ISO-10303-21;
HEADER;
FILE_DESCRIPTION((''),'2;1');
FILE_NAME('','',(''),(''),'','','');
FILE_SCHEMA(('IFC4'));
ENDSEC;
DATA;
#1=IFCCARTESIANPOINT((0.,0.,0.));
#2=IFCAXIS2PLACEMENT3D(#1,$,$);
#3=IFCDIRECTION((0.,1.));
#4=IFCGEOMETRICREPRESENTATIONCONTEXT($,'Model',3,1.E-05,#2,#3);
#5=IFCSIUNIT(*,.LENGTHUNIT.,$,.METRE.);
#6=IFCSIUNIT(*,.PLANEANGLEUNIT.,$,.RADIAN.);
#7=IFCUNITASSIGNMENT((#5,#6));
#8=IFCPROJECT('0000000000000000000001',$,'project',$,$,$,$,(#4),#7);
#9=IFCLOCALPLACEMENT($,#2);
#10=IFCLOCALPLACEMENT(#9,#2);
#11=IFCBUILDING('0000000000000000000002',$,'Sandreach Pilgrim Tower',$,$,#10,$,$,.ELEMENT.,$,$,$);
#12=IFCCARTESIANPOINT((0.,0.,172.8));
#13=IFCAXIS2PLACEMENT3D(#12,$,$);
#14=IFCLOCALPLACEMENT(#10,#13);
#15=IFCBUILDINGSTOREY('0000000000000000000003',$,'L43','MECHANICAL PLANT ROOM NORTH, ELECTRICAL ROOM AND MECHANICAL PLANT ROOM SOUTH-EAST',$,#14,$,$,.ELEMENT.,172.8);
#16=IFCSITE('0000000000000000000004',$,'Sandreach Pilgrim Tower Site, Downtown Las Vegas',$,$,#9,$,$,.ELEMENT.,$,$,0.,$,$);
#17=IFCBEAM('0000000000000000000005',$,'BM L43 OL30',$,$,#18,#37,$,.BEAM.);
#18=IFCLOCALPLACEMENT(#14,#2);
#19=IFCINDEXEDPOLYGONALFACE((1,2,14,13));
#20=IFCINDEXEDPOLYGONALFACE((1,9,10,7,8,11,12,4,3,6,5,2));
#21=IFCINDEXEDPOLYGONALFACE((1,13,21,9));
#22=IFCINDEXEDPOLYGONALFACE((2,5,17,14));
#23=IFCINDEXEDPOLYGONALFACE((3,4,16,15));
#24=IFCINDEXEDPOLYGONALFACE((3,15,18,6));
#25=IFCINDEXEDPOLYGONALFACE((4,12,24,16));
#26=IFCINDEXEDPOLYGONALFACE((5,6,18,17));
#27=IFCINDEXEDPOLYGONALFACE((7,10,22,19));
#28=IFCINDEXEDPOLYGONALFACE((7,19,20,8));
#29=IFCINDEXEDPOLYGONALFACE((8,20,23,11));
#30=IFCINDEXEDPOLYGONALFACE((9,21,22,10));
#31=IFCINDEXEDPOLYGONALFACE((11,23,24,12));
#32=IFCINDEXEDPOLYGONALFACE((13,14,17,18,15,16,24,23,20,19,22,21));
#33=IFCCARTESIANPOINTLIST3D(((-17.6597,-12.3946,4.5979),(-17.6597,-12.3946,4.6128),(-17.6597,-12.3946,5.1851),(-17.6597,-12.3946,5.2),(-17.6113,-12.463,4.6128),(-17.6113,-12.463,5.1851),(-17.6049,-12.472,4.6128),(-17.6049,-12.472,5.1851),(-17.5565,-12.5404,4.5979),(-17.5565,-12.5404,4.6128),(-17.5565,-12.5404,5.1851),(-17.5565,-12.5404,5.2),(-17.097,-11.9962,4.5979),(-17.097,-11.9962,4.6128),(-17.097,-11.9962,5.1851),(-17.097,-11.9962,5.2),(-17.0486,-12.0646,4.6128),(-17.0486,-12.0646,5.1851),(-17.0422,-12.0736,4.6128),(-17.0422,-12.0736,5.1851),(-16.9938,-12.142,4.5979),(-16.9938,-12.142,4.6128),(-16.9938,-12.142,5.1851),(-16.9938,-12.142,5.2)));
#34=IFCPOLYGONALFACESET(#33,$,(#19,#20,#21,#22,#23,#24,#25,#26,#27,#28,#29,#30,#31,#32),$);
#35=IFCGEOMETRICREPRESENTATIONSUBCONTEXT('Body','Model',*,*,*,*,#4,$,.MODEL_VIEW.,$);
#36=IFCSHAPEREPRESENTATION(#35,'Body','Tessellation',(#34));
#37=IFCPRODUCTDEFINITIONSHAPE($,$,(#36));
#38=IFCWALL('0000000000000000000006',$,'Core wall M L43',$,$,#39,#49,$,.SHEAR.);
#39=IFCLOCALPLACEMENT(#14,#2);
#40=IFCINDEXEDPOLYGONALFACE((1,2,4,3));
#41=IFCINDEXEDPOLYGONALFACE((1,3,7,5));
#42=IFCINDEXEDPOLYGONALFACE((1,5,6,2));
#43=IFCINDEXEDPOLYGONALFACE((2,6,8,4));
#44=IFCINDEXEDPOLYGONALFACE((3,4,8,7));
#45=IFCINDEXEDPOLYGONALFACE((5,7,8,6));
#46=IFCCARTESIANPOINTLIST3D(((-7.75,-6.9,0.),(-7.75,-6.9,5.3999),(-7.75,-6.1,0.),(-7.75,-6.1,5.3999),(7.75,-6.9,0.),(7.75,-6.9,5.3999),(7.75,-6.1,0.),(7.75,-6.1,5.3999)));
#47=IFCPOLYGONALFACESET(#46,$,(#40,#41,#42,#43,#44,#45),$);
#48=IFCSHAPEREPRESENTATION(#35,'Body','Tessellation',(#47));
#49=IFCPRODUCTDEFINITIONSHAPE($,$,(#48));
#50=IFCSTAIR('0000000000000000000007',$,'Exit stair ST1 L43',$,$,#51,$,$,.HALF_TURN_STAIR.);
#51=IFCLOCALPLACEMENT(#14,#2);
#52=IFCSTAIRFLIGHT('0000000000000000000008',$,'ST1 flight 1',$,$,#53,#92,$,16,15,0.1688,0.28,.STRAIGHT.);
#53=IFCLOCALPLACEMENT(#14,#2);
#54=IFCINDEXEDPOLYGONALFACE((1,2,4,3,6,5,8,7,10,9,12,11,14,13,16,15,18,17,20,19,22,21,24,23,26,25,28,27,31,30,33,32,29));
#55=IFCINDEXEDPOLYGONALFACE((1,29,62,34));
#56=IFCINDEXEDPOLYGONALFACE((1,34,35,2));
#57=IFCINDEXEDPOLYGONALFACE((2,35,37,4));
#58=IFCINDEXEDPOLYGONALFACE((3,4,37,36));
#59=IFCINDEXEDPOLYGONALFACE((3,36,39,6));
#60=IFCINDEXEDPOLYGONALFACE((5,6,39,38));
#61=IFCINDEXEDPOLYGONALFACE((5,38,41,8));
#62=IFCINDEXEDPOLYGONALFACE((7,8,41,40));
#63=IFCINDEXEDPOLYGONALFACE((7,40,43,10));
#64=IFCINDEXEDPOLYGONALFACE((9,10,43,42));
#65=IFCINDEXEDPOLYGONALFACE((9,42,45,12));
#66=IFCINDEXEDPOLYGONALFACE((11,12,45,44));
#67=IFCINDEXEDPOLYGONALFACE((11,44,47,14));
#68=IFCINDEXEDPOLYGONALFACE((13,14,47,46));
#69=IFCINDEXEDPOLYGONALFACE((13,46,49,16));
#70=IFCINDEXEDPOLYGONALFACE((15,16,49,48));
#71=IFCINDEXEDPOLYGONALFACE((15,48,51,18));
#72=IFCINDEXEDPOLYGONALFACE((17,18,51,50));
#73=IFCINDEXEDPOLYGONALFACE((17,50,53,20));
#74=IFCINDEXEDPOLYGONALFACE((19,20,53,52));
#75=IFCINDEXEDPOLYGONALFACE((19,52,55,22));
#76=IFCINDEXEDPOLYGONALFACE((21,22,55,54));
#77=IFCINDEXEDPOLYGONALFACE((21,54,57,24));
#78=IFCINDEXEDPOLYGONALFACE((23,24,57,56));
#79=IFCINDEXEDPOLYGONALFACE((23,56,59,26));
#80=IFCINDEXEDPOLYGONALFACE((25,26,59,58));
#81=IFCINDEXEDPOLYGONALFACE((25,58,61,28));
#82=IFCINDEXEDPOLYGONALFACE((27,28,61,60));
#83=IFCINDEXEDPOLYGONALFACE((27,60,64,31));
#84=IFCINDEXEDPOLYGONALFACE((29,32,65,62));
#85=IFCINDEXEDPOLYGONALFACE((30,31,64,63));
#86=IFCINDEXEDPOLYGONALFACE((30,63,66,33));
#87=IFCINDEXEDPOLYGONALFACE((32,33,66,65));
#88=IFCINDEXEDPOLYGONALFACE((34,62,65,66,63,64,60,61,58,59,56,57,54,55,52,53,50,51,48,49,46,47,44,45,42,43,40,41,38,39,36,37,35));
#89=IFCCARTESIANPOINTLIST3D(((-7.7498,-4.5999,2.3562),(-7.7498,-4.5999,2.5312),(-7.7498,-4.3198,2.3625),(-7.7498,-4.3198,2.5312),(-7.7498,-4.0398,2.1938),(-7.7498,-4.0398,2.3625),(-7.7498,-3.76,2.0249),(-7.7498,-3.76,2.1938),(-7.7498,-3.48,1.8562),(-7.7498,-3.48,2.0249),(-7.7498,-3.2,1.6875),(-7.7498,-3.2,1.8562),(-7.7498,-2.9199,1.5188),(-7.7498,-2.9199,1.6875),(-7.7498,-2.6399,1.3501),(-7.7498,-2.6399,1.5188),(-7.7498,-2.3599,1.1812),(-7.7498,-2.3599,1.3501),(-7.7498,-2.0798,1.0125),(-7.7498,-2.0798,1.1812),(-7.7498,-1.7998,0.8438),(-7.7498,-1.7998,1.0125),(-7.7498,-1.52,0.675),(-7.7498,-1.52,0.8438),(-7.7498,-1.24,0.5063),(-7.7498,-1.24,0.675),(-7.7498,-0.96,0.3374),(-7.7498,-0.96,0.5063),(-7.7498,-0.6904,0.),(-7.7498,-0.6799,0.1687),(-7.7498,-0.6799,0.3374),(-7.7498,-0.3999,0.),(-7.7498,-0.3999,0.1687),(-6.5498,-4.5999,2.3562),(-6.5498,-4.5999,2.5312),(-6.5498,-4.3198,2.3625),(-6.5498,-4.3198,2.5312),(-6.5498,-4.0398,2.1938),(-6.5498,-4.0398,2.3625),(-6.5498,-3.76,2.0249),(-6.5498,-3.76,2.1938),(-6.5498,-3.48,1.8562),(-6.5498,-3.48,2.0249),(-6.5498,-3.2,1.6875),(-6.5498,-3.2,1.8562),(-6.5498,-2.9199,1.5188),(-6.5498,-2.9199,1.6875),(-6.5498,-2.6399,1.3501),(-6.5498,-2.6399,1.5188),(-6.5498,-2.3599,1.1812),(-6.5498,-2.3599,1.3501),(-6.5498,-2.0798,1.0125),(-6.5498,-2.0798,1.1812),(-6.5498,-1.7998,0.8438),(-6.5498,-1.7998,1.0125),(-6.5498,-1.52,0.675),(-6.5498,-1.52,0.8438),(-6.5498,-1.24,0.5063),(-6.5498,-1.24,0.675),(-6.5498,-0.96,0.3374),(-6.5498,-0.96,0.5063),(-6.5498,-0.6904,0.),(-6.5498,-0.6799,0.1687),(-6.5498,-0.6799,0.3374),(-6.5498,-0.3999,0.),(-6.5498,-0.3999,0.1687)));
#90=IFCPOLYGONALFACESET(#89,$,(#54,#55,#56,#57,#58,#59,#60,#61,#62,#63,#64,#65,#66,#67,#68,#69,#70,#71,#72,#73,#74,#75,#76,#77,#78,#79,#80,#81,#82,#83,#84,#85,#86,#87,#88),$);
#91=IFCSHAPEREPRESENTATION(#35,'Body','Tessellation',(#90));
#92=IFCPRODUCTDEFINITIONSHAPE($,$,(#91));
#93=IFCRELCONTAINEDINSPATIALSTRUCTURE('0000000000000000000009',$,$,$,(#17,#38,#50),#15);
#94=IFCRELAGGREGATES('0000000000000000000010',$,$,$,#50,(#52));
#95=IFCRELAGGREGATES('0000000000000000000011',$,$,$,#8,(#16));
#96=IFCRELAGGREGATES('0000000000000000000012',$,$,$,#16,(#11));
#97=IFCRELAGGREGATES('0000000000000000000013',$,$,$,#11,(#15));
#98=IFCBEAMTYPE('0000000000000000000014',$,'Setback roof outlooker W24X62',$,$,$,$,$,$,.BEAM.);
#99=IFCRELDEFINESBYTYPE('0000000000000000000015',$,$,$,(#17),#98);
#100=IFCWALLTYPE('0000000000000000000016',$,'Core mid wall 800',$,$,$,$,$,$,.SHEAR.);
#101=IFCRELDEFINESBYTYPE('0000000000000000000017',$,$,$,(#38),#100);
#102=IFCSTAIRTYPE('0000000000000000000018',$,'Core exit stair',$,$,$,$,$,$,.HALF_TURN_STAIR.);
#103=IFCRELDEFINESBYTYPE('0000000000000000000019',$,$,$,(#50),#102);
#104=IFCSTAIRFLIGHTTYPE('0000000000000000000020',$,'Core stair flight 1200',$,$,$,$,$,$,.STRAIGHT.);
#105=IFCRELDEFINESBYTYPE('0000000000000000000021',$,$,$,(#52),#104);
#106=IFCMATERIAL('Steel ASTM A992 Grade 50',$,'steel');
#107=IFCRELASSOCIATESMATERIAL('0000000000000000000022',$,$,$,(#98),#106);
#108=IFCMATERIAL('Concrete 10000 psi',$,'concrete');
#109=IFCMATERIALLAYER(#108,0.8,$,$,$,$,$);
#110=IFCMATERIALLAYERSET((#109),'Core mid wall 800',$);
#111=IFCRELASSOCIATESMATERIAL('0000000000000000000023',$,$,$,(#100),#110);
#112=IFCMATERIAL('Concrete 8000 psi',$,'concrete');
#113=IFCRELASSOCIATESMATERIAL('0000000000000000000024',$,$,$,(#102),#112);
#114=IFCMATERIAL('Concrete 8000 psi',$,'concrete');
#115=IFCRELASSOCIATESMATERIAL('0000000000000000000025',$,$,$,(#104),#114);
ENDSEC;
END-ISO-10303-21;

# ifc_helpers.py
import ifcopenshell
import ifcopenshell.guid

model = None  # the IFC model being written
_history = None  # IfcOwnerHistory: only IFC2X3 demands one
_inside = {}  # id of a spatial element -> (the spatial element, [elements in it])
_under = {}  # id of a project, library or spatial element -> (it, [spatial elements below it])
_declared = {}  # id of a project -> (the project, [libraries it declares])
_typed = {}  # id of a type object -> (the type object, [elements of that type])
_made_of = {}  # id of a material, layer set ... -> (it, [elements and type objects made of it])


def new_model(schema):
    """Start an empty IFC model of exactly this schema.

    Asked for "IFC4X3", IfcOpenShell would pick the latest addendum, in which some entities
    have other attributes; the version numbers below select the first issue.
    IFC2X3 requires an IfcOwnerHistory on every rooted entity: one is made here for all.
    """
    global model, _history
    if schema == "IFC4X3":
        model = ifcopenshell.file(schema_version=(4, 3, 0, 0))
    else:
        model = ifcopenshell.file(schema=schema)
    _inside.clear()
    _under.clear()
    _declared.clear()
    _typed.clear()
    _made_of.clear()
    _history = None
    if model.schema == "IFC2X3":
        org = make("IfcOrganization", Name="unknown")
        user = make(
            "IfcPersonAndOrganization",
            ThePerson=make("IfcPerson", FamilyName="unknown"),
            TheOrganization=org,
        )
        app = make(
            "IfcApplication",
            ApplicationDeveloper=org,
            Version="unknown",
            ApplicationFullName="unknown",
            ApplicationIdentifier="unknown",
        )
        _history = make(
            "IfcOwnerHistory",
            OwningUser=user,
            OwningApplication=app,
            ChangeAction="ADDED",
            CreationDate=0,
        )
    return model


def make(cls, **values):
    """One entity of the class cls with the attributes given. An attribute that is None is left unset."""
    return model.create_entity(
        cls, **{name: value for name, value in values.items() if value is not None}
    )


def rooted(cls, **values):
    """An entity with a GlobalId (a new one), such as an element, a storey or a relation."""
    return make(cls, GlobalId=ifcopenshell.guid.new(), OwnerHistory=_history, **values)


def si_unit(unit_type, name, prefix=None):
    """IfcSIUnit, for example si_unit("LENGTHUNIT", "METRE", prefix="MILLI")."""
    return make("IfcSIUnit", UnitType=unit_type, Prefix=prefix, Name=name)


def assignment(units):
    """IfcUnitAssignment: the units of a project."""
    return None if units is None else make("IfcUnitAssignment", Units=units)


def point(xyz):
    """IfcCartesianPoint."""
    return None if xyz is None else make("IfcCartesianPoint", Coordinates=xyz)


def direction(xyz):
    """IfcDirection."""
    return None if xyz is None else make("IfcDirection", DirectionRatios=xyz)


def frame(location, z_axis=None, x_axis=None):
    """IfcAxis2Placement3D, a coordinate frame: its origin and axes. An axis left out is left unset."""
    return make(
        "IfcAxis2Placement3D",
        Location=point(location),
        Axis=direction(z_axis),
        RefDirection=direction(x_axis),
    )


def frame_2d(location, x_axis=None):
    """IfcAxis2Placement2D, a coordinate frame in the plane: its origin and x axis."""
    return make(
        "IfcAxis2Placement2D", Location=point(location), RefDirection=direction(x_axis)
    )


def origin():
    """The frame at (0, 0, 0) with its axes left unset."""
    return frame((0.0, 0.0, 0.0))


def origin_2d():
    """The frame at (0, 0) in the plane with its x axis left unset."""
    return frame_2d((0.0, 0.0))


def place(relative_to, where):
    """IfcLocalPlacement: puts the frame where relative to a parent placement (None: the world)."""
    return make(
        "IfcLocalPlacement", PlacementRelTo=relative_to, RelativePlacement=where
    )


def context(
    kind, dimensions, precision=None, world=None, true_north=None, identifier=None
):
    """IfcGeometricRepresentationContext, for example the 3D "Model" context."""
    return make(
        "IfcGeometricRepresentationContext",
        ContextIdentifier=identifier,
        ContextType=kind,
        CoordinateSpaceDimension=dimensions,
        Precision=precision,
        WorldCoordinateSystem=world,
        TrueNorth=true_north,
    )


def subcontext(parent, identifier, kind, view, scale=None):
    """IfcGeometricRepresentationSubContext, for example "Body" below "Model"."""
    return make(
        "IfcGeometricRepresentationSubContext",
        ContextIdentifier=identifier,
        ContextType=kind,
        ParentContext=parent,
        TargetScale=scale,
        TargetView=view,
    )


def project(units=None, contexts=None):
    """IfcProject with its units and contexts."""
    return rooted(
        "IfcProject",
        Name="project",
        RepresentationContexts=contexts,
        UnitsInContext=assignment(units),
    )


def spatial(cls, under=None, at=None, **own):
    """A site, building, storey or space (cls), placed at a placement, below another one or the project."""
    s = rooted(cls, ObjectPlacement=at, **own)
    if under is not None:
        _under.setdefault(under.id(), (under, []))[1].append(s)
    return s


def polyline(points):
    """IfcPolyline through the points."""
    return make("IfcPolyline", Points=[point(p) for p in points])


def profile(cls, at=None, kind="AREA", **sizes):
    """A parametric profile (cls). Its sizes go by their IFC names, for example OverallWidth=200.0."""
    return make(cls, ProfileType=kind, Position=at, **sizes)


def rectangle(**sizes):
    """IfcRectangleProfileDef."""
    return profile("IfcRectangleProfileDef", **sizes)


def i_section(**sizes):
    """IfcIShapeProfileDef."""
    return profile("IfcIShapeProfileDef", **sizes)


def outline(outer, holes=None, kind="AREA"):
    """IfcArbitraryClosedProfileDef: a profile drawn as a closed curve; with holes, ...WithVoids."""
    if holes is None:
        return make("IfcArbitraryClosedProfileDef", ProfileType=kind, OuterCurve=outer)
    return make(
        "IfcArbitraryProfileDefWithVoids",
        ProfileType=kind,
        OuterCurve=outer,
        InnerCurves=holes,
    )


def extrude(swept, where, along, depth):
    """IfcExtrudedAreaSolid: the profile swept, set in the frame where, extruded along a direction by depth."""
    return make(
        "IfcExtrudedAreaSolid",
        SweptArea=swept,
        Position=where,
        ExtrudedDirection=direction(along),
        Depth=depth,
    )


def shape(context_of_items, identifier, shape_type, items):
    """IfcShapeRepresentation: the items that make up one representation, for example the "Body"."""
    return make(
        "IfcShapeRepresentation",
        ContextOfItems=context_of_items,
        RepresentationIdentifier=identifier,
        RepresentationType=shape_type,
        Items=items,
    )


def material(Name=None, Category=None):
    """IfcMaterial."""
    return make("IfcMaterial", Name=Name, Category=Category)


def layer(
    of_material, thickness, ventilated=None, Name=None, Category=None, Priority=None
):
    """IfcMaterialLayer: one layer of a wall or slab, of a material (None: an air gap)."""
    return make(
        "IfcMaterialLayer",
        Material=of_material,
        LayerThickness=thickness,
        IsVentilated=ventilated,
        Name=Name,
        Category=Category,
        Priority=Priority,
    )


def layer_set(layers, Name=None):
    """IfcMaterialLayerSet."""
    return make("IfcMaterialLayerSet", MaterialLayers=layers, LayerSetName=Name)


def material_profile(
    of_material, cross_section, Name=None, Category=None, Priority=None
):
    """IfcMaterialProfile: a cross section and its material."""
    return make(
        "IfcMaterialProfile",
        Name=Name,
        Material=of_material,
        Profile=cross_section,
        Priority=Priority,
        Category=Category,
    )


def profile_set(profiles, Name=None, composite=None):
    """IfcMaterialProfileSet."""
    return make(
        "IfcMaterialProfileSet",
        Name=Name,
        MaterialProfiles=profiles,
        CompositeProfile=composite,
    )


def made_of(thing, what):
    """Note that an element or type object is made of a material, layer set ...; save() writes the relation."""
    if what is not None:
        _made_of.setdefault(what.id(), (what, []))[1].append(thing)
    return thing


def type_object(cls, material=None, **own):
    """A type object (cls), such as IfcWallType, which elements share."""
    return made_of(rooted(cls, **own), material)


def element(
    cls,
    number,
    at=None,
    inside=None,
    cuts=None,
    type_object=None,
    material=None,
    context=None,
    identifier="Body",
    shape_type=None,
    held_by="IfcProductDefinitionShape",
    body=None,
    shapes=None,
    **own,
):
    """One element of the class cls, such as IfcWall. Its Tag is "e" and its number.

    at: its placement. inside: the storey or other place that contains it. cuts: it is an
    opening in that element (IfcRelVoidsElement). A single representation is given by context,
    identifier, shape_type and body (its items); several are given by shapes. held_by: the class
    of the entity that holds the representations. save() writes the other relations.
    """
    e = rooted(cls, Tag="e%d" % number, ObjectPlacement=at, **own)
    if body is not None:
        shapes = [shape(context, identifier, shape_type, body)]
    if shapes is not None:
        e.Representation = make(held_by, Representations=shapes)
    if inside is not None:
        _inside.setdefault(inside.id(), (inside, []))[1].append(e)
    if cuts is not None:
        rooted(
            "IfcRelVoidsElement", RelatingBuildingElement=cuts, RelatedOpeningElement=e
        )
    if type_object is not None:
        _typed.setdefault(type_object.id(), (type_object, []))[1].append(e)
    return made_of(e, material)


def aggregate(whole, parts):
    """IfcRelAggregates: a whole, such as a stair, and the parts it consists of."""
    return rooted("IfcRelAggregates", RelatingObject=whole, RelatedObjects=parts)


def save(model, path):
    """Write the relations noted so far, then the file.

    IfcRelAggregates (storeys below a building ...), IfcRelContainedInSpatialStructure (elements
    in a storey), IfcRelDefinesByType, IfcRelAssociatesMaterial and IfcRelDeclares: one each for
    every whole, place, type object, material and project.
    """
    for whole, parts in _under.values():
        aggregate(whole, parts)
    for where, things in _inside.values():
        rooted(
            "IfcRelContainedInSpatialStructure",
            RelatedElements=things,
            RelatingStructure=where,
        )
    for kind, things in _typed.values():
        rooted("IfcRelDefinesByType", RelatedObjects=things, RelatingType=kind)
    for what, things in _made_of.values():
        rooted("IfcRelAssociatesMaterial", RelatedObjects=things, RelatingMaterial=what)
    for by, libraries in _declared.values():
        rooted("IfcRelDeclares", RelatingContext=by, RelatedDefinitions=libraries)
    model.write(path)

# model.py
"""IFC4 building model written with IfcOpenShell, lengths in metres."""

from ifc_helpers import new_model, si_unit, direction, frame, frame_2d, origin, origin_2d, place, context, subcontext, project, spatial, polyline, rectangle, i_section, outline, extrude, material, layer, layer_set, material_profile, profile_set, type_object, element, aggregate, save


model = new_model("IFC4")

# Units and contexts
model_context = context("Model", 3, precision=1e-05, world=origin(), true_north=direction((0.0, 1.0)))
body_context = subcontext(model_context, "Body", "Model", "MODEL_VIEW")
ifc_project = project(units=[si_unit("LENGTHUNIT", "METRE"), si_unit("PLANEANGLEUNIT", "RADIAN")], contexts=[model_context])

# Site, building, storey
site_placement = place(None, origin())
site = spatial("IfcSite", under=ifc_project, at=site_placement, Name="Sandreach Pilgrim Tower Site, Downtown Las Vegas", CompositionType="ELEMENT", RefElevation=0.0)
building_placement = place(site_placement, origin())
building = spatial("IfcBuilding", under=site, at=building_placement, Name="Sandreach Pilgrim Tower", CompositionType="ELEMENT")
storey_placement = place(building_placement, frame((0.0, 0.0, 172.8)))
storey = spatial("IfcBuildingStorey", under=building, at=storey_placement, Name="L43", Description="MECHANICAL PLANT ROOM NORTH, ELECTRICAL ROOM AND MECHANICAL PLANT ROOM SOUTH-EAST", CompositionType="ELEMENT", Elevation=172.8)

# Beam
ifc_material_1 = material(Name="Steel ASTM A992 Grade 50", Category="steel")
ifc_material_profile_1 = material_profile(ifc_material_1, i_section(OverallWidth=0.1787, OverallDepth=0.6021, WebThickness=0.011, FlangeThickness=0.0149, at=origin_2d()), Name="W24X62")
ifc_profile_set_1 = profile_set([ifc_material_profile_1], Name="Steel ASTM A992 Grade 50")
beam_type_1 = type_object("IfcBeamType", Name="Setback roof outlooker W24X62", PredefinedType="BEAM", material=ifc_profile_set_1)
beam_1_placement = place(storey_placement, frame((-17.0454, -12.0691, 4.8989), z_axis=(-0.816143, -0.57785, 0.0), x_axis=(0.57785, -0.816143, 0.0)))
element("IfcBeam", 1, at=beam_1_placement, inside=storey, type_object=beam_type_1, Name="BM L43 OL30", PredefinedType="BEAM", context=body_context, shape_type="SweptSolid", body=[
    extrude(i_section(OverallWidth=0.1787, OverallDepth=0.6021, WebThickness=0.011, FlangeThickness=0.0149, at=origin_2d()), origin(), (0.0, 0.0, 1.0), 0.6895),
])

# Wall
ifc_material_2 = material(Name="Concrete 10000 psi", Category="concrete")
ifc_layer_1 = layer(ifc_material_2, 0.8)
ifc_layer_set_1 = layer_set([ifc_layer_1], Name="Core mid wall 800")
wall_type_1 = type_object("IfcWallType", Name="Core mid wall 800", PredefinedType="SHEAR", material=ifc_layer_set_1)
wall_1_placement = place(storey_placement, frame((-7.75, -6.5, 0.0), z_axis=(0.0, 0.0, 1.0), x_axis=(1.0, 0.0, 0.0)))
element("IfcWall", 2, at=wall_1_placement, inside=storey, type_object=wall_type_1, Name="Core wall M L43", PredefinedType="SHEAR", context=body_context, shape_type="SweptSolid", body=[
    extrude(rectangle(XDim=15.5, YDim=0.8, at=frame_2d((7.75, 0.0))), origin(), (0.0, 0.0, 1.0), 5.3999),
])

# Stair, stair flight
ifc_material_3 = material(Name="Concrete 8000 psi", Category="concrete")
stair_type = type_object("IfcStairType", Name="Core exit stair", PredefinedType="HALF_TURN_STAIR", material=ifc_material_3)
stair_placement = place(storey_placement, origin())
stair = element("IfcStair", 3, at=stair_placement, inside=storey, type_object=stair_type, Name="Exit stair ST1 L43", PredefinedType="HALF_TURN_STAIR")
ifc_material_4 = material(Name="Concrete 8000 psi", Category="concrete")
stair_flight_type = type_object("IfcStairFlightType", Name="Core stair flight 1200", PredefinedType="STRAIGHT", material=ifc_material_4)
stair_flight_placement = place(storey_placement, frame((-7.1499, -0.3999, 0.0), z_axis=(0.0, 0.0, 1.0), x_axis=(0.0, -1.0, 0.0)))
stair_flight = element("IfcStairFlight", 4, at=stair_flight_placement, type_object=stair_flight_type, Name="ST1 flight 1", NumberOfRisers=16, NumberOfTreads=15, PredefinedType="STRAIGHT", RiserHeight=0.1688, TreadLength=0.28, context=body_context, shape_type="SweptSolid", body=[
    extrude(outline(polyline([(0.0, 0.0), (0.0, 0.1687), (0.28, 0.1687), (0.28, 0.3374), (0.5601, 0.3374), (0.5601, 0.5063), (0.8401, 0.5063), (0.8401, 0.675), (1.1201, 0.675), (1.1201, 0.8438), (1.3999, 0.8438), (1.3999, 1.0125), (1.6799, 1.0125), (1.6799, 1.1812), (1.96, 1.1812), (1.96, 1.3501), (2.24, 1.3501), (2.24, 1.5188), (2.52, 1.5188), (2.52, 1.6875), (2.8, 1.6875), (2.8, 1.8562), (3.0801, 1.8562), (3.0801, 2.0249), (3.3601, 2.0249), (3.3601, 2.1938), (3.6399, 2.1938), (3.6399, 2.3625), (3.9199, 2.3625), (3.9199, 2.5312), (4.2, 2.5312), (4.2, 2.7), (4.2, 2.3562), (0.2905, 0.0), (0.0, 0.0)])), frame((0.0, 0.6001, 0.0), z_axis=(0.0, -1.0, 0.0), x_axis=(1.0, 0.0, 0.0)), (0.0, 0.0, 1.0), 1.2),
])
aggregate(stair, [stair_flight])

save(model, "model.ifc")
